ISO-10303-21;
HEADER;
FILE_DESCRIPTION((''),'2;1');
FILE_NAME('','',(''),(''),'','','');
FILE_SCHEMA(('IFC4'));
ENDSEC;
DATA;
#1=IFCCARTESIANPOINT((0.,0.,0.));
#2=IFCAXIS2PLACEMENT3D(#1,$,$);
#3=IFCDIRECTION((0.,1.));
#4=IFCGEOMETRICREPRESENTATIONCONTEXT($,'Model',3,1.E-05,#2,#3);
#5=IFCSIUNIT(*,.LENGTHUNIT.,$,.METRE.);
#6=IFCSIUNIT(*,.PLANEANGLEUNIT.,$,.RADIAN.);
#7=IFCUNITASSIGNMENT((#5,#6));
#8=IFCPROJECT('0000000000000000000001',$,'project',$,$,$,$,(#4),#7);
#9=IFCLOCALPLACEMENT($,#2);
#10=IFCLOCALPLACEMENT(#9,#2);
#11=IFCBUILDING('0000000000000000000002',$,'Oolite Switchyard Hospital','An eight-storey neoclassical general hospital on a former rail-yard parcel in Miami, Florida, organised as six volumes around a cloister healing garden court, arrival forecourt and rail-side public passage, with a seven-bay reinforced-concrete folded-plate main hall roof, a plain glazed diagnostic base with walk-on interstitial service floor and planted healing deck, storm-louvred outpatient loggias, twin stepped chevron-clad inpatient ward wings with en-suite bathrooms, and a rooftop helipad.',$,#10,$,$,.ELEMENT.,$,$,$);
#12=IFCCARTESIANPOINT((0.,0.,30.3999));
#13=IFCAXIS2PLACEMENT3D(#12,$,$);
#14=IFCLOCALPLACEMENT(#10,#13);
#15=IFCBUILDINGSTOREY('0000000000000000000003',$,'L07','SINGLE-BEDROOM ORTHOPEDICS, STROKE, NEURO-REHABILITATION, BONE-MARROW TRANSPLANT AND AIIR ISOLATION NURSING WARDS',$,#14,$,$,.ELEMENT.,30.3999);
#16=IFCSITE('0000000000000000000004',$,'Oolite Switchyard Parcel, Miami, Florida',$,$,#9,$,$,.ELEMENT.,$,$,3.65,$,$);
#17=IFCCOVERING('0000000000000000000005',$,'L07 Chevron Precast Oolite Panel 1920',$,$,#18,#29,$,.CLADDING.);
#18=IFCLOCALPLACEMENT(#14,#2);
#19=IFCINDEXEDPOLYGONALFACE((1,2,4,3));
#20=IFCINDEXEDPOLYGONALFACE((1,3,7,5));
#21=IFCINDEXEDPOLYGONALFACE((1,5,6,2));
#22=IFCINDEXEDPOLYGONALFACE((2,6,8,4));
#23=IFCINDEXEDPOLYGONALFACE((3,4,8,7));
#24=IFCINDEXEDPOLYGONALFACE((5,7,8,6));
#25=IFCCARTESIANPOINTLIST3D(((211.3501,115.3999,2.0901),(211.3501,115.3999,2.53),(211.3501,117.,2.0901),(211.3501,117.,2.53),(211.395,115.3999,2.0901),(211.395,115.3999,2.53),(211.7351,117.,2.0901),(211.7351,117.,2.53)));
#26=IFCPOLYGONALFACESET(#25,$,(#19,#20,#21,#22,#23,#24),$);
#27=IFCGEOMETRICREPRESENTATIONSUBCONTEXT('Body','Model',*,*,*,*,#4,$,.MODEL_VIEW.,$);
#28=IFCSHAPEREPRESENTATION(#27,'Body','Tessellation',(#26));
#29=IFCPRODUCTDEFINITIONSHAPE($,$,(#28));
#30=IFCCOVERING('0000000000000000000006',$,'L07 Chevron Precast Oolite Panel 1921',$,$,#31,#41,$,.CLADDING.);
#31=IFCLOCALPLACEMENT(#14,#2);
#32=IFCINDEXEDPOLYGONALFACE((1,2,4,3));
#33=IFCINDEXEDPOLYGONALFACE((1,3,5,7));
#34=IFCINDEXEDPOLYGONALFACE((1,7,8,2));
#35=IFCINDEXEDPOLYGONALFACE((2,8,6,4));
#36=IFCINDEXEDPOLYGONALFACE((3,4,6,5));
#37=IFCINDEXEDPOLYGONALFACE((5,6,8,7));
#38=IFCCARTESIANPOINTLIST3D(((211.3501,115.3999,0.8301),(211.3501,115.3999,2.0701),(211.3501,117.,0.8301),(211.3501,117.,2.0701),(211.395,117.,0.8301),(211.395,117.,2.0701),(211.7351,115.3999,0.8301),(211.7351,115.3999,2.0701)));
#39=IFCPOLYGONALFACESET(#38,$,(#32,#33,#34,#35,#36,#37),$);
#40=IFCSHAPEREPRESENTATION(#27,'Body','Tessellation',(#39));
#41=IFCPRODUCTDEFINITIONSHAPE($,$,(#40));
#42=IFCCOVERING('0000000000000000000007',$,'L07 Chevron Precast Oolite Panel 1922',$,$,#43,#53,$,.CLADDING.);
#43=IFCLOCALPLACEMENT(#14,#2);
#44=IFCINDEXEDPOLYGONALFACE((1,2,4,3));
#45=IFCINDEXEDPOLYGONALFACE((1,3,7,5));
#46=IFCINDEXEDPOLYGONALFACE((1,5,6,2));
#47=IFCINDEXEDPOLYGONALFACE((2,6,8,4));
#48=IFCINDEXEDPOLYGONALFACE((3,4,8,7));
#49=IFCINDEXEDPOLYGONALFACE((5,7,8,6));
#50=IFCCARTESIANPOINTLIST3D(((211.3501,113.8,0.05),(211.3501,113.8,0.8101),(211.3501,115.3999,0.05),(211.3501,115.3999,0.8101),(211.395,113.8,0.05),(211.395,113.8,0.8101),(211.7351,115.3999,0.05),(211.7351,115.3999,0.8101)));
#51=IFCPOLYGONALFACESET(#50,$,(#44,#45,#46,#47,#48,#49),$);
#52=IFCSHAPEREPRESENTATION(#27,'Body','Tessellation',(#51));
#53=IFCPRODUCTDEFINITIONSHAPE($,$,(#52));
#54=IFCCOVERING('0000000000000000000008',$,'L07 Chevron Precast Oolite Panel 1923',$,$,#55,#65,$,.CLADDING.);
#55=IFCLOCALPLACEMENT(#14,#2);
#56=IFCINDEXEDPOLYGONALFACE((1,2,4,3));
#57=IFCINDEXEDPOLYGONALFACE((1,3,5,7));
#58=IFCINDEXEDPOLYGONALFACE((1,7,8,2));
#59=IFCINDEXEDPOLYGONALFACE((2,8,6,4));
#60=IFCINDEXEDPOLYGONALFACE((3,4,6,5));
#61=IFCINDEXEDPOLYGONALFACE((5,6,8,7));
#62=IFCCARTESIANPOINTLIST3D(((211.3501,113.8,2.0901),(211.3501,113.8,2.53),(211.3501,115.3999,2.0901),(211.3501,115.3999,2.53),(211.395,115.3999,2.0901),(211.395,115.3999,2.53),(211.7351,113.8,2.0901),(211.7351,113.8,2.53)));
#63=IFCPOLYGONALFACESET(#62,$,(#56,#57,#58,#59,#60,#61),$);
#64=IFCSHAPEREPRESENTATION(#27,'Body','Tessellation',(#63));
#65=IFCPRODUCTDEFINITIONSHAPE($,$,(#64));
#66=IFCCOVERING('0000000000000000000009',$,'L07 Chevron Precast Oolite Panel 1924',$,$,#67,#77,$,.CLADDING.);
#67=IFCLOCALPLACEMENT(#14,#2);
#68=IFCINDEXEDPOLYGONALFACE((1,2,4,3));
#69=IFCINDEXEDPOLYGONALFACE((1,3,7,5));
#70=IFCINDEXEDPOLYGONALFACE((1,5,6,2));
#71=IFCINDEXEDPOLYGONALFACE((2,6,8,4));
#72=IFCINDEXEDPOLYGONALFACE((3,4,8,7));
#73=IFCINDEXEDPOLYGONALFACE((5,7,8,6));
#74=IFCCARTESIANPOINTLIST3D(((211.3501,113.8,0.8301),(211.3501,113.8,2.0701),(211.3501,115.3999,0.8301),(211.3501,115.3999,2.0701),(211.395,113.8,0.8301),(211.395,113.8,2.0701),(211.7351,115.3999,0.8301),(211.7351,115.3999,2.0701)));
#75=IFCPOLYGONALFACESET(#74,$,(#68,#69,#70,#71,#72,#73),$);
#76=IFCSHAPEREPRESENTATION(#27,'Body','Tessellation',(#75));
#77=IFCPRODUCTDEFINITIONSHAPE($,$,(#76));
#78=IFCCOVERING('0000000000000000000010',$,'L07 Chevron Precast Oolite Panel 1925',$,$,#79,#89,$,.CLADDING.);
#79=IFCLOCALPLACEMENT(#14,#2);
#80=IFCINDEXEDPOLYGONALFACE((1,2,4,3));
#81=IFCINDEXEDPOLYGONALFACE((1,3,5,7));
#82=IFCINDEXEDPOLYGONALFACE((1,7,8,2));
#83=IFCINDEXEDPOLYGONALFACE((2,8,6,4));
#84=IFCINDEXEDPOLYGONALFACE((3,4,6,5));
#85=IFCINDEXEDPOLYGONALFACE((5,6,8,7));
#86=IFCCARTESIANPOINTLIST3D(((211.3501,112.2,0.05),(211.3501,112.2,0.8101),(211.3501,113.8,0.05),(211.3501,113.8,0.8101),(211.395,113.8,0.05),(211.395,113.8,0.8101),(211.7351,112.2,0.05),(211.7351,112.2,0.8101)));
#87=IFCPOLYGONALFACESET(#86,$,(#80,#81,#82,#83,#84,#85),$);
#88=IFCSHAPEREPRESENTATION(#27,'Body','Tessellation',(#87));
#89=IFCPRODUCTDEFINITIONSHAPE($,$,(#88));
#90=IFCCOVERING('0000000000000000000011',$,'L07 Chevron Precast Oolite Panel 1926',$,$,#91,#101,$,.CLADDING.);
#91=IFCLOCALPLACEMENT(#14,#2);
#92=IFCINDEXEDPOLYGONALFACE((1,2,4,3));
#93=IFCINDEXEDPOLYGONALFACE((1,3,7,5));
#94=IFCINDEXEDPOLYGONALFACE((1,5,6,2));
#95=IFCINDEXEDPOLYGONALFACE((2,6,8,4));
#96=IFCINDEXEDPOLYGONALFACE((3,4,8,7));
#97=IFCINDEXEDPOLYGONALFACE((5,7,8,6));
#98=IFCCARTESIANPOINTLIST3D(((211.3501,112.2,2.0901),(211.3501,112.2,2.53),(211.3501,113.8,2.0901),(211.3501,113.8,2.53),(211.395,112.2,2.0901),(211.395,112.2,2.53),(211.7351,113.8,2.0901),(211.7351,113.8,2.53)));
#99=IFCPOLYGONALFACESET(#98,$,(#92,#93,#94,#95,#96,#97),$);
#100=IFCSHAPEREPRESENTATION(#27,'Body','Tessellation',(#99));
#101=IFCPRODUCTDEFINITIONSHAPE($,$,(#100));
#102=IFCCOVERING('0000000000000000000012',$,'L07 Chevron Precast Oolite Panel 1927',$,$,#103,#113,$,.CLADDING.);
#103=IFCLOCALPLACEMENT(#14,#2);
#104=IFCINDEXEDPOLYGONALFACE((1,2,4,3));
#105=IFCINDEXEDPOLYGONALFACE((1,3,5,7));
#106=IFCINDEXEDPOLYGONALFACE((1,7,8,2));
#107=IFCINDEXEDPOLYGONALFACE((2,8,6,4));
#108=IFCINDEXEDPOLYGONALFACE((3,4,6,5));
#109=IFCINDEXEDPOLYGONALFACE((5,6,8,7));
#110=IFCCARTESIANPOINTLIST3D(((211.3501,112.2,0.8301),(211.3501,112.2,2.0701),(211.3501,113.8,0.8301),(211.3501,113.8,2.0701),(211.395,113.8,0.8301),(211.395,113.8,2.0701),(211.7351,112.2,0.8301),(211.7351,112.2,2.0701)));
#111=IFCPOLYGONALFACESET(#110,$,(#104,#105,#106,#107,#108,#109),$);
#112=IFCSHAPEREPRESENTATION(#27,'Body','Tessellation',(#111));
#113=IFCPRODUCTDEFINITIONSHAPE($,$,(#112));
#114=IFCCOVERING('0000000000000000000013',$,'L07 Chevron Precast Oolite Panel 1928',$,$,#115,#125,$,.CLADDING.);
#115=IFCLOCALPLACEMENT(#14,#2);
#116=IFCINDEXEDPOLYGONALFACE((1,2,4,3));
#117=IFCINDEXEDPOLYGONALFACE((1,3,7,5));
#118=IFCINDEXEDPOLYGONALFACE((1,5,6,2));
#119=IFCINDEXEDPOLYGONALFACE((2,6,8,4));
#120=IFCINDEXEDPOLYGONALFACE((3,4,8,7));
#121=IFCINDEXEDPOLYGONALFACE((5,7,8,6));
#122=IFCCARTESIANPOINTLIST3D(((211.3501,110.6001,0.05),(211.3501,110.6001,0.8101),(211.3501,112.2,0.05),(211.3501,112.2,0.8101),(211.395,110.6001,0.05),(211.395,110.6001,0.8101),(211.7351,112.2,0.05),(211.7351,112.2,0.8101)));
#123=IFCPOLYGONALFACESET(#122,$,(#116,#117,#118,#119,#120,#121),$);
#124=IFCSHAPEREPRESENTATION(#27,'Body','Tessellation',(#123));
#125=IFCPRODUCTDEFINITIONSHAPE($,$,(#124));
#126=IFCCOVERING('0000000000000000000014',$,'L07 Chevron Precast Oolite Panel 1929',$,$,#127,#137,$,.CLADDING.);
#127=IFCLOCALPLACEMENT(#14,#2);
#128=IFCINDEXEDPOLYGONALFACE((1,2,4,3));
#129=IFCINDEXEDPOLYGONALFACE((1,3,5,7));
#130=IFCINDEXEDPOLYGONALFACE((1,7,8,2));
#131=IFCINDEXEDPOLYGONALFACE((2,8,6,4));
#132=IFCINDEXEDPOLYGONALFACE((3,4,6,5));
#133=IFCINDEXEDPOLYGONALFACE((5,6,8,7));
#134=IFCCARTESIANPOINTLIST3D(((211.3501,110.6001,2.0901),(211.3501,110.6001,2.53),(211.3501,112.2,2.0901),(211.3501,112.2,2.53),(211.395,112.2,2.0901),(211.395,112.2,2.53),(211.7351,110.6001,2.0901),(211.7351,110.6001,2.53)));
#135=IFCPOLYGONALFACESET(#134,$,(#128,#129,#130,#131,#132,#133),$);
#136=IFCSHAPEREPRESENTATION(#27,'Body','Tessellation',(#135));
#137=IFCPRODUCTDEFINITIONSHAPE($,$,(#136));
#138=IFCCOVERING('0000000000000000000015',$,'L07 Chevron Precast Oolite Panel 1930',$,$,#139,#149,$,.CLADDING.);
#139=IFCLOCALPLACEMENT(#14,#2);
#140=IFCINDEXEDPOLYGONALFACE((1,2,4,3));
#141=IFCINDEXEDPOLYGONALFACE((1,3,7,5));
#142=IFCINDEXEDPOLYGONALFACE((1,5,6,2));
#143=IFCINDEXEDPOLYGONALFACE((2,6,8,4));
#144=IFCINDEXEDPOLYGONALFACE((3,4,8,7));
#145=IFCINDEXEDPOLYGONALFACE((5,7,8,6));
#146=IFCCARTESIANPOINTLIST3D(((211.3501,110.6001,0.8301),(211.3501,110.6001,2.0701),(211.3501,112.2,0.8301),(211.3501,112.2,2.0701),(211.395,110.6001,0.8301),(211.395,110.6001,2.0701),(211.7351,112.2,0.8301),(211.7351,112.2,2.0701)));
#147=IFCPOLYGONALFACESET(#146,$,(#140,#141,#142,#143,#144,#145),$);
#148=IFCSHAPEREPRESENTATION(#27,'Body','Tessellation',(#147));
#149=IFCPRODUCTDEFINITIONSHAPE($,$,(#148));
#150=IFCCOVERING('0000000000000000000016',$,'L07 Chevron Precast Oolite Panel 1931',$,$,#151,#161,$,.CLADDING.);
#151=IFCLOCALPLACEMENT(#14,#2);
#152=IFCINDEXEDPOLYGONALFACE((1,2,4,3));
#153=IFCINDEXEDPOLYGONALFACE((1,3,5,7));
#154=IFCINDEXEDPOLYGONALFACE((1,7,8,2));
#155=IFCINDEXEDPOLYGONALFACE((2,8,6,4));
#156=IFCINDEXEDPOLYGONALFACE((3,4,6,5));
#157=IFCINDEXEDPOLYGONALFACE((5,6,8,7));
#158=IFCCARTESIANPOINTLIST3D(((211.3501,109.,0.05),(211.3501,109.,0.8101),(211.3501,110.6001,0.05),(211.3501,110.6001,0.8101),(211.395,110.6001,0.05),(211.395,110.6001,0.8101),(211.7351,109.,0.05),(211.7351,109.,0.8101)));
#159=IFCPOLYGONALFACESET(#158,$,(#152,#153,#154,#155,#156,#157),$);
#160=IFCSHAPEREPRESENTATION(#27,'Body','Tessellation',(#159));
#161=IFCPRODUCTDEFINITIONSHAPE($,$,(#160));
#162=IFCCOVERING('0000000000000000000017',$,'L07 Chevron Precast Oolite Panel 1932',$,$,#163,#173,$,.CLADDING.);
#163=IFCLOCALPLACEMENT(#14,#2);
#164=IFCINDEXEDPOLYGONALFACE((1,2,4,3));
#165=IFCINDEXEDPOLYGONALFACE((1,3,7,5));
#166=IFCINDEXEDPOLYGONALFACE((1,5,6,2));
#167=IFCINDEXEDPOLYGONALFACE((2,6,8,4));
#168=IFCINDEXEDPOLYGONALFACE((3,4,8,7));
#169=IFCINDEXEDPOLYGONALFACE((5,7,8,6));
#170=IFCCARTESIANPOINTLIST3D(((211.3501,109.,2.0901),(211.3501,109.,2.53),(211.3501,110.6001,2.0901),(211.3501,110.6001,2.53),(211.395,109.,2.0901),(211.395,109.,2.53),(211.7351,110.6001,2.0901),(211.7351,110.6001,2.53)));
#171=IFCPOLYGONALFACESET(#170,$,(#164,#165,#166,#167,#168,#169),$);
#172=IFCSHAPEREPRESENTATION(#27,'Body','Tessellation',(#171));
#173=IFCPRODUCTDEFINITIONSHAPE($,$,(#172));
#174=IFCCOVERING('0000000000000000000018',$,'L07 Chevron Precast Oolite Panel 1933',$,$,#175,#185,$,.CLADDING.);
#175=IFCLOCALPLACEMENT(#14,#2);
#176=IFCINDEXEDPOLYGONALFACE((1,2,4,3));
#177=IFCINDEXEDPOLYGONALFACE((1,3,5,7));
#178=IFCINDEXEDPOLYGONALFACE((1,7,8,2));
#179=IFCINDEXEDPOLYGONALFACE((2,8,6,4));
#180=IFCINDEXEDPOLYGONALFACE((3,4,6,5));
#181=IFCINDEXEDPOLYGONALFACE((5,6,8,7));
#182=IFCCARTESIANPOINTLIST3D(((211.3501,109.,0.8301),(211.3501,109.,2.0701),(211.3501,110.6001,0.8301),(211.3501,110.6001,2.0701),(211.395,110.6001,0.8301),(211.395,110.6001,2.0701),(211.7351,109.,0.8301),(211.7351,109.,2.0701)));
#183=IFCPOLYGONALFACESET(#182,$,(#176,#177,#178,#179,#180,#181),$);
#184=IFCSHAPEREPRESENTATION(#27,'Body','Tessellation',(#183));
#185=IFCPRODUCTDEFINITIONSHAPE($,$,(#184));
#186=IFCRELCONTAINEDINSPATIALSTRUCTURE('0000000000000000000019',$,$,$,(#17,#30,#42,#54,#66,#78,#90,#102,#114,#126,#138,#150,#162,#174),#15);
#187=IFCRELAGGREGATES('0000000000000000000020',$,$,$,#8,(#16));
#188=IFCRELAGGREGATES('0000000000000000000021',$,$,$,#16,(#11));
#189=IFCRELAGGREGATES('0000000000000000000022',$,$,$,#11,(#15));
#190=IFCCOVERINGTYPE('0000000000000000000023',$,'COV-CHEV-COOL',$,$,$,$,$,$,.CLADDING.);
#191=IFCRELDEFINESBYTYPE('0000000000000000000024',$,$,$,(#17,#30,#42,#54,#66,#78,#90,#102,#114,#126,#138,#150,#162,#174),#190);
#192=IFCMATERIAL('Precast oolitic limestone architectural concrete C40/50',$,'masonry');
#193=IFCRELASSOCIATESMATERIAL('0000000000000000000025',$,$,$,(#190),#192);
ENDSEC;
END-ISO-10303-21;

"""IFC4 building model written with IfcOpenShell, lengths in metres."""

from ifc_helpers import new_model, si_unit, direction, frame, origin, place, context, subcontext, project, spatial, polyline, outline, extrude, material, type_object, element, save


model = new_model("IFC4")

# Units and contexts
model_context = context("Model", 3, precision=1e-05, world=origin(), true_north=direction((0.0, 1.0)))
body_context = subcontext(model_context, "Body", "Model", "MODEL_VIEW")
ifc_project = project(units=[si_unit("LENGTHUNIT", "METRE"), si_unit("PLANEANGLEUNIT", "RADIAN")], contexts=[model_context])

# Site, building, storey
site_placement = place(None, origin())
site = spatial("IfcSite", under=ifc_project, at=site_placement, Name="Oolite Switchyard Parcel, Miami, Florida", CompositionType="ELEMENT", RefElevation=3.65)
building_placement = place(site_placement, origin())
building = spatial("IfcBuilding", under=site, at=building_placement, Name="Oolite Switchyard Hospital", Description="An eight-storey neoclassical general hospital on a former rail-yard parcel in Miami, Florida, organised as six volumes around a cloister healing garden court, arrival forecourt and rail-side public passage, with a seven-bay reinforced-concrete folded-plate main hall roof, a plain glazed diagnostic base with walk-on interstitial service floor and planted healing deck, storm-louvred outpatient loggias, twin stepped chevron-clad inpatient ward wings with en-suite bathrooms, and a rooftop helipad.", CompositionType="ELEMENT")
storey_placement = place(building_placement, frame((0.0, 0.0, 30.3999)))
storey = spatial("IfcBuildingStorey", under=building, at=storey_placement, Name="L07", Description="SINGLE-BEDROOM ORTHOPEDICS, STROKE, NEURO-REHABILITATION, BONE-MARROW TRANSPLANT AND AIIR ISOLATION NURSING WARDS", CompositionType="ELEMENT", Elevation=30.3999)

# Coverings
ifc_material_1 = material(Name="Precast oolitic limestone architectural concrete C40/50", Category="masonry")
covering_type = type_object("IfcCoveringType", Name="COV-CHEV-COOL", PredefinedType="CLADDING", material=ifc_material_1)
covering_1_placement = place(storey_placement, frame((211.3501, 117.0, 2.0901), z_axis=(0.0, 0.0, 1.0), x_axis=(0.0, -1.0, 0.0)))
element("IfcCovering", 1, at=covering_1_placement, inside=storey, type_object=covering_type, Name="L07 Chevron Precast Oolite Panel 1920", PredefinedType="CLADDING", context=body_context, shape_type="SweptSolid", body=[
    extrude(outline(polyline([(0.0, 0.0), (1.6001, 0.0), (1.6001, 0.0449), (0.0, 0.385), (0.0, 0.0)])), origin(), (0.0, 0.0, 1.0), 0.4399),
])
covering_2_placement = place(storey_placement, frame((211.3501, 117.0, 0.8301), z_axis=(0.0, 0.0, 1.0), x_axis=(0.0, -1.0, 0.0)))
element("IfcCovering", 2, at=covering_2_placement, inside=storey, type_object=covering_type, Name="L07 Chevron Precast Oolite Panel 1921", PredefinedType="CLADDING", context=body_context, shape_type="SweptSolid", body=[
    extrude(outline(polyline([(0.0, 0.0), (1.6001, 0.0), (1.6001, 0.385), (0.0, 0.0449), (0.0, 0.0)])), origin(), (0.0, 0.0, 1.0), 1.24),
])
covering_3_placement = place(storey_placement, frame((211.3501, 115.3999, 0.05), z_axis=(0.0, 0.0, 1.0), x_axis=(0.0, -1.0, 0.0)))
element("IfcCovering", 3, at=covering_3_placement, inside=storey, type_object=covering_type, Name="L07 Chevron Precast Oolite Panel 1922", PredefinedType="CLADDING", context=body_context, shape_type="SweptSolid", body=[
    extrude(outline(polyline([(0.0, 0.0), (1.5999, 0.0), (1.5999, 0.0449), (0.0, 0.385), (0.0, 0.0)])), origin(), (0.0, 0.0, 1.0), 0.76),
])
covering_4_placement = place(storey_placement, frame((211.3501, 115.3999, 2.0901), z_axis=(0.0, 0.0, 1.0), x_axis=(0.0, -1.0, 0.0)))
element("IfcCovering", 4, at=covering_4_placement, inside=storey, type_object=covering_type, Name="L07 Chevron Precast Oolite Panel 1923", PredefinedType="CLADDING", context=body_context, shape_type="SweptSolid", body=[
    extrude(outline(polyline([(0.0, 0.0), (1.5999, 0.0), (1.5999, 0.385), (0.0, 0.0449), (0.0, 0.0)])), origin(), (0.0, 0.0, 1.0), 0.4399),
])
covering_5_placement = place(storey_placement, frame((211.3501, 115.3999, 0.8301), z_axis=(0.0, 0.0, 1.0), x_axis=(0.0, -1.0, 0.0)))
element("IfcCovering", 5, at=covering_5_placement, inside=storey, type_object=covering_type, Name="L07 Chevron Precast Oolite Panel 1924", PredefinedType="CLADDING", context=body_context, shape_type="SweptSolid", body=[
    extrude(outline(polyline([(0.0, 0.0), (1.5999, 0.0), (1.5999, 0.0449), (0.0, 0.385), (0.0, 0.0)])), origin(), (0.0, 0.0, 1.0), 1.24),
])
covering_6_placement = place(storey_placement, frame((211.3501, 113.8, 0.05), z_axis=(0.0, 0.0, 1.0), x_axis=(0.0, -1.0, 0.0)))
element("IfcCovering", 6, at=covering_6_placement, inside=storey, type_object=covering_type, Name="L07 Chevron Precast Oolite Panel 1925", PredefinedType="CLADDING", context=body_context, shape_type="SweptSolid", body=[
    extrude(outline(polyline([(0.0, 0.0), (1.6001, 0.0), (1.6001, 0.385), (0.0, 0.0449), (0.0, 0.0)])), origin(), (0.0, 0.0, 1.0), 0.76),
])
covering_7_placement = place(storey_placement, frame((211.3501, 113.8, 2.0901), z_axis=(0.0, 0.0, 1.0), x_axis=(0.0, -1.0, 0.0)))
element("IfcCovering", 7, at=covering_7_placement, inside=storey, type_object=covering_type, Name="L07 Chevron Precast Oolite Panel 1926", PredefinedType="CLADDING", context=body_context, shape_type="SweptSolid", body=[
    extrude(outline(polyline([(0.0, 0.0), (1.6001, 0.0), (1.6001, 0.0449), (0.0, 0.385), (0.0, 0.0)])), origin(), (0.0, 0.0, 1.0), 0.4399),
])
covering_8_placement = place(storey_placement, frame((211.3501, 113.8, 0.8301), z_axis=(0.0, 0.0, 1.0), x_axis=(0.0, -1.0, 0.0)))
element("IfcCovering", 8, at=covering_8_placement, inside=storey, type_object=covering_type, Name="L07 Chevron Precast Oolite Panel 1927", PredefinedType="CLADDING", context=body_context, shape_type="SweptSolid", body=[
    extrude(outline(polyline([(0.0, 0.0), (1.6001, 0.0), (1.6001, 0.385), (0.0, 0.0449), (0.0, 0.0)])), origin(), (0.0, 0.0, 1.0), 1.24),
])
covering_9_placement = place(storey_placement, frame((211.3501, 112.2, 0.05), z_axis=(0.0, 0.0, 1.0), x_axis=(0.0, -1.0, 0.0)))
element("IfcCovering", 9, at=covering_9_placement, inside=storey, type_object=covering_type, Name="L07 Chevron Precast Oolite Panel 1928", PredefinedType="CLADDING", context=body_context, shape_type="SweptSolid", body=[
    extrude(outline(polyline([(0.0, 0.0), (1.5999, 0.0), (1.5999, 0.0449), (0.0, 0.385), (0.0, 0.0)])), origin(), (0.0, 0.0, 1.0), 0.76),
])
covering_10_placement = place(storey_placement, frame((211.3501, 112.2, 2.0901), z_axis=(0.0, 0.0, 1.0), x_axis=(0.0, -1.0, 0.0)))
element("IfcCovering", 10, at=covering_10_placement, inside=storey, type_object=covering_type, Name="L07 Chevron Precast Oolite Panel 1929", PredefinedType="CLADDING", context=body_context, shape_type="SweptSolid", body=[
    extrude(outline(polyline([(0.0, 0.0), (1.5999, 0.0), (1.5999, 0.385), (0.0, 0.0449), (0.0, 0.0)])), origin(), (0.0, 0.0, 1.0), 0.4399),
])
covering_11_placement = place(storey_placement, frame((211.3501, 112.2, 0.8301), z_axis=(0.0, 0.0, 1.0), x_axis=(0.0, -1.0, 0.0)))
element("IfcCovering", 11, at=covering_11_placement, inside=storey, type_object=covering_type, Name="L07 Chevron Precast Oolite Panel 1930", PredefinedType="CLADDING", context=body_context, shape_type="SweptSolid", body=[
    extrude(outline(polyline([(0.0, 0.0), (1.5999, 0.0), (1.5999, 0.0449), (0.0, 0.385), (0.0, 0.0)])), origin(), (0.0, 0.0, 1.0), 1.24),
])
covering_12_placement = place(storey_placement, frame((211.3501, 110.6001, 0.05), z_axis=(0.0, 0.0, 1.0), x_axis=(0.0, -1.0, 0.0)))
element("IfcCovering", 12, at=covering_12_placement, inside=storey, type_object=covering_type, Name="L07 Chevron Precast Oolite Panel 1931", PredefinedType="CLADDING", context=body_context, shape_type="SweptSolid", body=[
    extrude(outline(polyline([(0.0, 0.0), (1.6001, 0.0), (1.6001, 0.385), (0.0, 0.0449), (0.0, 0.0)])), origin(), (0.0, 0.0, 1.0), 0.76),
])
covering_13_placement = place(storey_placement, frame((211.3501, 110.6001, 2.0901), z_axis=(0.0, 0.0, 1.0), x_axis=(0.0, -1.0, 0.0)))
element("IfcCovering", 13, at=covering_13_placement, inside=storey, type_object=covering_type, Name="L07 Chevron Precast Oolite Panel 1932", PredefinedType="CLADDING", context=body_context, shape_type="SweptSolid", body=[
    extrude(outline(polyline([(0.0, 0.0), (1.6001, 0.0), (1.6001, 0.0449), (0.0, 0.385), (0.0, 0.0)])), origin(), (0.0, 0.0, 1.0), 0.4399),
])
covering_14_placement = place(storey_placement, frame((211.3501, 110.6001, 0.8301), z_axis=(0.0, 0.0, 1.0), x_axis=(0.0, -1.0, 0.0)))
element("IfcCovering", 14, at=covering_14_placement, inside=storey, type_object=covering_type, Name="L07 Chevron Precast Oolite Panel 1933", PredefinedType="CLADDING", context=body_context, shape_type="SweptSolid", body=[
    extrude(outline(polyline([(0.0, 0.0), (1.6001, 0.0), (1.6001, 0.385), (0.0, 0.0449), (0.0, 0.0)])), origin(), (0.0, 0.0, 1.0), 1.24),
])

save(model, "model.ifc")
